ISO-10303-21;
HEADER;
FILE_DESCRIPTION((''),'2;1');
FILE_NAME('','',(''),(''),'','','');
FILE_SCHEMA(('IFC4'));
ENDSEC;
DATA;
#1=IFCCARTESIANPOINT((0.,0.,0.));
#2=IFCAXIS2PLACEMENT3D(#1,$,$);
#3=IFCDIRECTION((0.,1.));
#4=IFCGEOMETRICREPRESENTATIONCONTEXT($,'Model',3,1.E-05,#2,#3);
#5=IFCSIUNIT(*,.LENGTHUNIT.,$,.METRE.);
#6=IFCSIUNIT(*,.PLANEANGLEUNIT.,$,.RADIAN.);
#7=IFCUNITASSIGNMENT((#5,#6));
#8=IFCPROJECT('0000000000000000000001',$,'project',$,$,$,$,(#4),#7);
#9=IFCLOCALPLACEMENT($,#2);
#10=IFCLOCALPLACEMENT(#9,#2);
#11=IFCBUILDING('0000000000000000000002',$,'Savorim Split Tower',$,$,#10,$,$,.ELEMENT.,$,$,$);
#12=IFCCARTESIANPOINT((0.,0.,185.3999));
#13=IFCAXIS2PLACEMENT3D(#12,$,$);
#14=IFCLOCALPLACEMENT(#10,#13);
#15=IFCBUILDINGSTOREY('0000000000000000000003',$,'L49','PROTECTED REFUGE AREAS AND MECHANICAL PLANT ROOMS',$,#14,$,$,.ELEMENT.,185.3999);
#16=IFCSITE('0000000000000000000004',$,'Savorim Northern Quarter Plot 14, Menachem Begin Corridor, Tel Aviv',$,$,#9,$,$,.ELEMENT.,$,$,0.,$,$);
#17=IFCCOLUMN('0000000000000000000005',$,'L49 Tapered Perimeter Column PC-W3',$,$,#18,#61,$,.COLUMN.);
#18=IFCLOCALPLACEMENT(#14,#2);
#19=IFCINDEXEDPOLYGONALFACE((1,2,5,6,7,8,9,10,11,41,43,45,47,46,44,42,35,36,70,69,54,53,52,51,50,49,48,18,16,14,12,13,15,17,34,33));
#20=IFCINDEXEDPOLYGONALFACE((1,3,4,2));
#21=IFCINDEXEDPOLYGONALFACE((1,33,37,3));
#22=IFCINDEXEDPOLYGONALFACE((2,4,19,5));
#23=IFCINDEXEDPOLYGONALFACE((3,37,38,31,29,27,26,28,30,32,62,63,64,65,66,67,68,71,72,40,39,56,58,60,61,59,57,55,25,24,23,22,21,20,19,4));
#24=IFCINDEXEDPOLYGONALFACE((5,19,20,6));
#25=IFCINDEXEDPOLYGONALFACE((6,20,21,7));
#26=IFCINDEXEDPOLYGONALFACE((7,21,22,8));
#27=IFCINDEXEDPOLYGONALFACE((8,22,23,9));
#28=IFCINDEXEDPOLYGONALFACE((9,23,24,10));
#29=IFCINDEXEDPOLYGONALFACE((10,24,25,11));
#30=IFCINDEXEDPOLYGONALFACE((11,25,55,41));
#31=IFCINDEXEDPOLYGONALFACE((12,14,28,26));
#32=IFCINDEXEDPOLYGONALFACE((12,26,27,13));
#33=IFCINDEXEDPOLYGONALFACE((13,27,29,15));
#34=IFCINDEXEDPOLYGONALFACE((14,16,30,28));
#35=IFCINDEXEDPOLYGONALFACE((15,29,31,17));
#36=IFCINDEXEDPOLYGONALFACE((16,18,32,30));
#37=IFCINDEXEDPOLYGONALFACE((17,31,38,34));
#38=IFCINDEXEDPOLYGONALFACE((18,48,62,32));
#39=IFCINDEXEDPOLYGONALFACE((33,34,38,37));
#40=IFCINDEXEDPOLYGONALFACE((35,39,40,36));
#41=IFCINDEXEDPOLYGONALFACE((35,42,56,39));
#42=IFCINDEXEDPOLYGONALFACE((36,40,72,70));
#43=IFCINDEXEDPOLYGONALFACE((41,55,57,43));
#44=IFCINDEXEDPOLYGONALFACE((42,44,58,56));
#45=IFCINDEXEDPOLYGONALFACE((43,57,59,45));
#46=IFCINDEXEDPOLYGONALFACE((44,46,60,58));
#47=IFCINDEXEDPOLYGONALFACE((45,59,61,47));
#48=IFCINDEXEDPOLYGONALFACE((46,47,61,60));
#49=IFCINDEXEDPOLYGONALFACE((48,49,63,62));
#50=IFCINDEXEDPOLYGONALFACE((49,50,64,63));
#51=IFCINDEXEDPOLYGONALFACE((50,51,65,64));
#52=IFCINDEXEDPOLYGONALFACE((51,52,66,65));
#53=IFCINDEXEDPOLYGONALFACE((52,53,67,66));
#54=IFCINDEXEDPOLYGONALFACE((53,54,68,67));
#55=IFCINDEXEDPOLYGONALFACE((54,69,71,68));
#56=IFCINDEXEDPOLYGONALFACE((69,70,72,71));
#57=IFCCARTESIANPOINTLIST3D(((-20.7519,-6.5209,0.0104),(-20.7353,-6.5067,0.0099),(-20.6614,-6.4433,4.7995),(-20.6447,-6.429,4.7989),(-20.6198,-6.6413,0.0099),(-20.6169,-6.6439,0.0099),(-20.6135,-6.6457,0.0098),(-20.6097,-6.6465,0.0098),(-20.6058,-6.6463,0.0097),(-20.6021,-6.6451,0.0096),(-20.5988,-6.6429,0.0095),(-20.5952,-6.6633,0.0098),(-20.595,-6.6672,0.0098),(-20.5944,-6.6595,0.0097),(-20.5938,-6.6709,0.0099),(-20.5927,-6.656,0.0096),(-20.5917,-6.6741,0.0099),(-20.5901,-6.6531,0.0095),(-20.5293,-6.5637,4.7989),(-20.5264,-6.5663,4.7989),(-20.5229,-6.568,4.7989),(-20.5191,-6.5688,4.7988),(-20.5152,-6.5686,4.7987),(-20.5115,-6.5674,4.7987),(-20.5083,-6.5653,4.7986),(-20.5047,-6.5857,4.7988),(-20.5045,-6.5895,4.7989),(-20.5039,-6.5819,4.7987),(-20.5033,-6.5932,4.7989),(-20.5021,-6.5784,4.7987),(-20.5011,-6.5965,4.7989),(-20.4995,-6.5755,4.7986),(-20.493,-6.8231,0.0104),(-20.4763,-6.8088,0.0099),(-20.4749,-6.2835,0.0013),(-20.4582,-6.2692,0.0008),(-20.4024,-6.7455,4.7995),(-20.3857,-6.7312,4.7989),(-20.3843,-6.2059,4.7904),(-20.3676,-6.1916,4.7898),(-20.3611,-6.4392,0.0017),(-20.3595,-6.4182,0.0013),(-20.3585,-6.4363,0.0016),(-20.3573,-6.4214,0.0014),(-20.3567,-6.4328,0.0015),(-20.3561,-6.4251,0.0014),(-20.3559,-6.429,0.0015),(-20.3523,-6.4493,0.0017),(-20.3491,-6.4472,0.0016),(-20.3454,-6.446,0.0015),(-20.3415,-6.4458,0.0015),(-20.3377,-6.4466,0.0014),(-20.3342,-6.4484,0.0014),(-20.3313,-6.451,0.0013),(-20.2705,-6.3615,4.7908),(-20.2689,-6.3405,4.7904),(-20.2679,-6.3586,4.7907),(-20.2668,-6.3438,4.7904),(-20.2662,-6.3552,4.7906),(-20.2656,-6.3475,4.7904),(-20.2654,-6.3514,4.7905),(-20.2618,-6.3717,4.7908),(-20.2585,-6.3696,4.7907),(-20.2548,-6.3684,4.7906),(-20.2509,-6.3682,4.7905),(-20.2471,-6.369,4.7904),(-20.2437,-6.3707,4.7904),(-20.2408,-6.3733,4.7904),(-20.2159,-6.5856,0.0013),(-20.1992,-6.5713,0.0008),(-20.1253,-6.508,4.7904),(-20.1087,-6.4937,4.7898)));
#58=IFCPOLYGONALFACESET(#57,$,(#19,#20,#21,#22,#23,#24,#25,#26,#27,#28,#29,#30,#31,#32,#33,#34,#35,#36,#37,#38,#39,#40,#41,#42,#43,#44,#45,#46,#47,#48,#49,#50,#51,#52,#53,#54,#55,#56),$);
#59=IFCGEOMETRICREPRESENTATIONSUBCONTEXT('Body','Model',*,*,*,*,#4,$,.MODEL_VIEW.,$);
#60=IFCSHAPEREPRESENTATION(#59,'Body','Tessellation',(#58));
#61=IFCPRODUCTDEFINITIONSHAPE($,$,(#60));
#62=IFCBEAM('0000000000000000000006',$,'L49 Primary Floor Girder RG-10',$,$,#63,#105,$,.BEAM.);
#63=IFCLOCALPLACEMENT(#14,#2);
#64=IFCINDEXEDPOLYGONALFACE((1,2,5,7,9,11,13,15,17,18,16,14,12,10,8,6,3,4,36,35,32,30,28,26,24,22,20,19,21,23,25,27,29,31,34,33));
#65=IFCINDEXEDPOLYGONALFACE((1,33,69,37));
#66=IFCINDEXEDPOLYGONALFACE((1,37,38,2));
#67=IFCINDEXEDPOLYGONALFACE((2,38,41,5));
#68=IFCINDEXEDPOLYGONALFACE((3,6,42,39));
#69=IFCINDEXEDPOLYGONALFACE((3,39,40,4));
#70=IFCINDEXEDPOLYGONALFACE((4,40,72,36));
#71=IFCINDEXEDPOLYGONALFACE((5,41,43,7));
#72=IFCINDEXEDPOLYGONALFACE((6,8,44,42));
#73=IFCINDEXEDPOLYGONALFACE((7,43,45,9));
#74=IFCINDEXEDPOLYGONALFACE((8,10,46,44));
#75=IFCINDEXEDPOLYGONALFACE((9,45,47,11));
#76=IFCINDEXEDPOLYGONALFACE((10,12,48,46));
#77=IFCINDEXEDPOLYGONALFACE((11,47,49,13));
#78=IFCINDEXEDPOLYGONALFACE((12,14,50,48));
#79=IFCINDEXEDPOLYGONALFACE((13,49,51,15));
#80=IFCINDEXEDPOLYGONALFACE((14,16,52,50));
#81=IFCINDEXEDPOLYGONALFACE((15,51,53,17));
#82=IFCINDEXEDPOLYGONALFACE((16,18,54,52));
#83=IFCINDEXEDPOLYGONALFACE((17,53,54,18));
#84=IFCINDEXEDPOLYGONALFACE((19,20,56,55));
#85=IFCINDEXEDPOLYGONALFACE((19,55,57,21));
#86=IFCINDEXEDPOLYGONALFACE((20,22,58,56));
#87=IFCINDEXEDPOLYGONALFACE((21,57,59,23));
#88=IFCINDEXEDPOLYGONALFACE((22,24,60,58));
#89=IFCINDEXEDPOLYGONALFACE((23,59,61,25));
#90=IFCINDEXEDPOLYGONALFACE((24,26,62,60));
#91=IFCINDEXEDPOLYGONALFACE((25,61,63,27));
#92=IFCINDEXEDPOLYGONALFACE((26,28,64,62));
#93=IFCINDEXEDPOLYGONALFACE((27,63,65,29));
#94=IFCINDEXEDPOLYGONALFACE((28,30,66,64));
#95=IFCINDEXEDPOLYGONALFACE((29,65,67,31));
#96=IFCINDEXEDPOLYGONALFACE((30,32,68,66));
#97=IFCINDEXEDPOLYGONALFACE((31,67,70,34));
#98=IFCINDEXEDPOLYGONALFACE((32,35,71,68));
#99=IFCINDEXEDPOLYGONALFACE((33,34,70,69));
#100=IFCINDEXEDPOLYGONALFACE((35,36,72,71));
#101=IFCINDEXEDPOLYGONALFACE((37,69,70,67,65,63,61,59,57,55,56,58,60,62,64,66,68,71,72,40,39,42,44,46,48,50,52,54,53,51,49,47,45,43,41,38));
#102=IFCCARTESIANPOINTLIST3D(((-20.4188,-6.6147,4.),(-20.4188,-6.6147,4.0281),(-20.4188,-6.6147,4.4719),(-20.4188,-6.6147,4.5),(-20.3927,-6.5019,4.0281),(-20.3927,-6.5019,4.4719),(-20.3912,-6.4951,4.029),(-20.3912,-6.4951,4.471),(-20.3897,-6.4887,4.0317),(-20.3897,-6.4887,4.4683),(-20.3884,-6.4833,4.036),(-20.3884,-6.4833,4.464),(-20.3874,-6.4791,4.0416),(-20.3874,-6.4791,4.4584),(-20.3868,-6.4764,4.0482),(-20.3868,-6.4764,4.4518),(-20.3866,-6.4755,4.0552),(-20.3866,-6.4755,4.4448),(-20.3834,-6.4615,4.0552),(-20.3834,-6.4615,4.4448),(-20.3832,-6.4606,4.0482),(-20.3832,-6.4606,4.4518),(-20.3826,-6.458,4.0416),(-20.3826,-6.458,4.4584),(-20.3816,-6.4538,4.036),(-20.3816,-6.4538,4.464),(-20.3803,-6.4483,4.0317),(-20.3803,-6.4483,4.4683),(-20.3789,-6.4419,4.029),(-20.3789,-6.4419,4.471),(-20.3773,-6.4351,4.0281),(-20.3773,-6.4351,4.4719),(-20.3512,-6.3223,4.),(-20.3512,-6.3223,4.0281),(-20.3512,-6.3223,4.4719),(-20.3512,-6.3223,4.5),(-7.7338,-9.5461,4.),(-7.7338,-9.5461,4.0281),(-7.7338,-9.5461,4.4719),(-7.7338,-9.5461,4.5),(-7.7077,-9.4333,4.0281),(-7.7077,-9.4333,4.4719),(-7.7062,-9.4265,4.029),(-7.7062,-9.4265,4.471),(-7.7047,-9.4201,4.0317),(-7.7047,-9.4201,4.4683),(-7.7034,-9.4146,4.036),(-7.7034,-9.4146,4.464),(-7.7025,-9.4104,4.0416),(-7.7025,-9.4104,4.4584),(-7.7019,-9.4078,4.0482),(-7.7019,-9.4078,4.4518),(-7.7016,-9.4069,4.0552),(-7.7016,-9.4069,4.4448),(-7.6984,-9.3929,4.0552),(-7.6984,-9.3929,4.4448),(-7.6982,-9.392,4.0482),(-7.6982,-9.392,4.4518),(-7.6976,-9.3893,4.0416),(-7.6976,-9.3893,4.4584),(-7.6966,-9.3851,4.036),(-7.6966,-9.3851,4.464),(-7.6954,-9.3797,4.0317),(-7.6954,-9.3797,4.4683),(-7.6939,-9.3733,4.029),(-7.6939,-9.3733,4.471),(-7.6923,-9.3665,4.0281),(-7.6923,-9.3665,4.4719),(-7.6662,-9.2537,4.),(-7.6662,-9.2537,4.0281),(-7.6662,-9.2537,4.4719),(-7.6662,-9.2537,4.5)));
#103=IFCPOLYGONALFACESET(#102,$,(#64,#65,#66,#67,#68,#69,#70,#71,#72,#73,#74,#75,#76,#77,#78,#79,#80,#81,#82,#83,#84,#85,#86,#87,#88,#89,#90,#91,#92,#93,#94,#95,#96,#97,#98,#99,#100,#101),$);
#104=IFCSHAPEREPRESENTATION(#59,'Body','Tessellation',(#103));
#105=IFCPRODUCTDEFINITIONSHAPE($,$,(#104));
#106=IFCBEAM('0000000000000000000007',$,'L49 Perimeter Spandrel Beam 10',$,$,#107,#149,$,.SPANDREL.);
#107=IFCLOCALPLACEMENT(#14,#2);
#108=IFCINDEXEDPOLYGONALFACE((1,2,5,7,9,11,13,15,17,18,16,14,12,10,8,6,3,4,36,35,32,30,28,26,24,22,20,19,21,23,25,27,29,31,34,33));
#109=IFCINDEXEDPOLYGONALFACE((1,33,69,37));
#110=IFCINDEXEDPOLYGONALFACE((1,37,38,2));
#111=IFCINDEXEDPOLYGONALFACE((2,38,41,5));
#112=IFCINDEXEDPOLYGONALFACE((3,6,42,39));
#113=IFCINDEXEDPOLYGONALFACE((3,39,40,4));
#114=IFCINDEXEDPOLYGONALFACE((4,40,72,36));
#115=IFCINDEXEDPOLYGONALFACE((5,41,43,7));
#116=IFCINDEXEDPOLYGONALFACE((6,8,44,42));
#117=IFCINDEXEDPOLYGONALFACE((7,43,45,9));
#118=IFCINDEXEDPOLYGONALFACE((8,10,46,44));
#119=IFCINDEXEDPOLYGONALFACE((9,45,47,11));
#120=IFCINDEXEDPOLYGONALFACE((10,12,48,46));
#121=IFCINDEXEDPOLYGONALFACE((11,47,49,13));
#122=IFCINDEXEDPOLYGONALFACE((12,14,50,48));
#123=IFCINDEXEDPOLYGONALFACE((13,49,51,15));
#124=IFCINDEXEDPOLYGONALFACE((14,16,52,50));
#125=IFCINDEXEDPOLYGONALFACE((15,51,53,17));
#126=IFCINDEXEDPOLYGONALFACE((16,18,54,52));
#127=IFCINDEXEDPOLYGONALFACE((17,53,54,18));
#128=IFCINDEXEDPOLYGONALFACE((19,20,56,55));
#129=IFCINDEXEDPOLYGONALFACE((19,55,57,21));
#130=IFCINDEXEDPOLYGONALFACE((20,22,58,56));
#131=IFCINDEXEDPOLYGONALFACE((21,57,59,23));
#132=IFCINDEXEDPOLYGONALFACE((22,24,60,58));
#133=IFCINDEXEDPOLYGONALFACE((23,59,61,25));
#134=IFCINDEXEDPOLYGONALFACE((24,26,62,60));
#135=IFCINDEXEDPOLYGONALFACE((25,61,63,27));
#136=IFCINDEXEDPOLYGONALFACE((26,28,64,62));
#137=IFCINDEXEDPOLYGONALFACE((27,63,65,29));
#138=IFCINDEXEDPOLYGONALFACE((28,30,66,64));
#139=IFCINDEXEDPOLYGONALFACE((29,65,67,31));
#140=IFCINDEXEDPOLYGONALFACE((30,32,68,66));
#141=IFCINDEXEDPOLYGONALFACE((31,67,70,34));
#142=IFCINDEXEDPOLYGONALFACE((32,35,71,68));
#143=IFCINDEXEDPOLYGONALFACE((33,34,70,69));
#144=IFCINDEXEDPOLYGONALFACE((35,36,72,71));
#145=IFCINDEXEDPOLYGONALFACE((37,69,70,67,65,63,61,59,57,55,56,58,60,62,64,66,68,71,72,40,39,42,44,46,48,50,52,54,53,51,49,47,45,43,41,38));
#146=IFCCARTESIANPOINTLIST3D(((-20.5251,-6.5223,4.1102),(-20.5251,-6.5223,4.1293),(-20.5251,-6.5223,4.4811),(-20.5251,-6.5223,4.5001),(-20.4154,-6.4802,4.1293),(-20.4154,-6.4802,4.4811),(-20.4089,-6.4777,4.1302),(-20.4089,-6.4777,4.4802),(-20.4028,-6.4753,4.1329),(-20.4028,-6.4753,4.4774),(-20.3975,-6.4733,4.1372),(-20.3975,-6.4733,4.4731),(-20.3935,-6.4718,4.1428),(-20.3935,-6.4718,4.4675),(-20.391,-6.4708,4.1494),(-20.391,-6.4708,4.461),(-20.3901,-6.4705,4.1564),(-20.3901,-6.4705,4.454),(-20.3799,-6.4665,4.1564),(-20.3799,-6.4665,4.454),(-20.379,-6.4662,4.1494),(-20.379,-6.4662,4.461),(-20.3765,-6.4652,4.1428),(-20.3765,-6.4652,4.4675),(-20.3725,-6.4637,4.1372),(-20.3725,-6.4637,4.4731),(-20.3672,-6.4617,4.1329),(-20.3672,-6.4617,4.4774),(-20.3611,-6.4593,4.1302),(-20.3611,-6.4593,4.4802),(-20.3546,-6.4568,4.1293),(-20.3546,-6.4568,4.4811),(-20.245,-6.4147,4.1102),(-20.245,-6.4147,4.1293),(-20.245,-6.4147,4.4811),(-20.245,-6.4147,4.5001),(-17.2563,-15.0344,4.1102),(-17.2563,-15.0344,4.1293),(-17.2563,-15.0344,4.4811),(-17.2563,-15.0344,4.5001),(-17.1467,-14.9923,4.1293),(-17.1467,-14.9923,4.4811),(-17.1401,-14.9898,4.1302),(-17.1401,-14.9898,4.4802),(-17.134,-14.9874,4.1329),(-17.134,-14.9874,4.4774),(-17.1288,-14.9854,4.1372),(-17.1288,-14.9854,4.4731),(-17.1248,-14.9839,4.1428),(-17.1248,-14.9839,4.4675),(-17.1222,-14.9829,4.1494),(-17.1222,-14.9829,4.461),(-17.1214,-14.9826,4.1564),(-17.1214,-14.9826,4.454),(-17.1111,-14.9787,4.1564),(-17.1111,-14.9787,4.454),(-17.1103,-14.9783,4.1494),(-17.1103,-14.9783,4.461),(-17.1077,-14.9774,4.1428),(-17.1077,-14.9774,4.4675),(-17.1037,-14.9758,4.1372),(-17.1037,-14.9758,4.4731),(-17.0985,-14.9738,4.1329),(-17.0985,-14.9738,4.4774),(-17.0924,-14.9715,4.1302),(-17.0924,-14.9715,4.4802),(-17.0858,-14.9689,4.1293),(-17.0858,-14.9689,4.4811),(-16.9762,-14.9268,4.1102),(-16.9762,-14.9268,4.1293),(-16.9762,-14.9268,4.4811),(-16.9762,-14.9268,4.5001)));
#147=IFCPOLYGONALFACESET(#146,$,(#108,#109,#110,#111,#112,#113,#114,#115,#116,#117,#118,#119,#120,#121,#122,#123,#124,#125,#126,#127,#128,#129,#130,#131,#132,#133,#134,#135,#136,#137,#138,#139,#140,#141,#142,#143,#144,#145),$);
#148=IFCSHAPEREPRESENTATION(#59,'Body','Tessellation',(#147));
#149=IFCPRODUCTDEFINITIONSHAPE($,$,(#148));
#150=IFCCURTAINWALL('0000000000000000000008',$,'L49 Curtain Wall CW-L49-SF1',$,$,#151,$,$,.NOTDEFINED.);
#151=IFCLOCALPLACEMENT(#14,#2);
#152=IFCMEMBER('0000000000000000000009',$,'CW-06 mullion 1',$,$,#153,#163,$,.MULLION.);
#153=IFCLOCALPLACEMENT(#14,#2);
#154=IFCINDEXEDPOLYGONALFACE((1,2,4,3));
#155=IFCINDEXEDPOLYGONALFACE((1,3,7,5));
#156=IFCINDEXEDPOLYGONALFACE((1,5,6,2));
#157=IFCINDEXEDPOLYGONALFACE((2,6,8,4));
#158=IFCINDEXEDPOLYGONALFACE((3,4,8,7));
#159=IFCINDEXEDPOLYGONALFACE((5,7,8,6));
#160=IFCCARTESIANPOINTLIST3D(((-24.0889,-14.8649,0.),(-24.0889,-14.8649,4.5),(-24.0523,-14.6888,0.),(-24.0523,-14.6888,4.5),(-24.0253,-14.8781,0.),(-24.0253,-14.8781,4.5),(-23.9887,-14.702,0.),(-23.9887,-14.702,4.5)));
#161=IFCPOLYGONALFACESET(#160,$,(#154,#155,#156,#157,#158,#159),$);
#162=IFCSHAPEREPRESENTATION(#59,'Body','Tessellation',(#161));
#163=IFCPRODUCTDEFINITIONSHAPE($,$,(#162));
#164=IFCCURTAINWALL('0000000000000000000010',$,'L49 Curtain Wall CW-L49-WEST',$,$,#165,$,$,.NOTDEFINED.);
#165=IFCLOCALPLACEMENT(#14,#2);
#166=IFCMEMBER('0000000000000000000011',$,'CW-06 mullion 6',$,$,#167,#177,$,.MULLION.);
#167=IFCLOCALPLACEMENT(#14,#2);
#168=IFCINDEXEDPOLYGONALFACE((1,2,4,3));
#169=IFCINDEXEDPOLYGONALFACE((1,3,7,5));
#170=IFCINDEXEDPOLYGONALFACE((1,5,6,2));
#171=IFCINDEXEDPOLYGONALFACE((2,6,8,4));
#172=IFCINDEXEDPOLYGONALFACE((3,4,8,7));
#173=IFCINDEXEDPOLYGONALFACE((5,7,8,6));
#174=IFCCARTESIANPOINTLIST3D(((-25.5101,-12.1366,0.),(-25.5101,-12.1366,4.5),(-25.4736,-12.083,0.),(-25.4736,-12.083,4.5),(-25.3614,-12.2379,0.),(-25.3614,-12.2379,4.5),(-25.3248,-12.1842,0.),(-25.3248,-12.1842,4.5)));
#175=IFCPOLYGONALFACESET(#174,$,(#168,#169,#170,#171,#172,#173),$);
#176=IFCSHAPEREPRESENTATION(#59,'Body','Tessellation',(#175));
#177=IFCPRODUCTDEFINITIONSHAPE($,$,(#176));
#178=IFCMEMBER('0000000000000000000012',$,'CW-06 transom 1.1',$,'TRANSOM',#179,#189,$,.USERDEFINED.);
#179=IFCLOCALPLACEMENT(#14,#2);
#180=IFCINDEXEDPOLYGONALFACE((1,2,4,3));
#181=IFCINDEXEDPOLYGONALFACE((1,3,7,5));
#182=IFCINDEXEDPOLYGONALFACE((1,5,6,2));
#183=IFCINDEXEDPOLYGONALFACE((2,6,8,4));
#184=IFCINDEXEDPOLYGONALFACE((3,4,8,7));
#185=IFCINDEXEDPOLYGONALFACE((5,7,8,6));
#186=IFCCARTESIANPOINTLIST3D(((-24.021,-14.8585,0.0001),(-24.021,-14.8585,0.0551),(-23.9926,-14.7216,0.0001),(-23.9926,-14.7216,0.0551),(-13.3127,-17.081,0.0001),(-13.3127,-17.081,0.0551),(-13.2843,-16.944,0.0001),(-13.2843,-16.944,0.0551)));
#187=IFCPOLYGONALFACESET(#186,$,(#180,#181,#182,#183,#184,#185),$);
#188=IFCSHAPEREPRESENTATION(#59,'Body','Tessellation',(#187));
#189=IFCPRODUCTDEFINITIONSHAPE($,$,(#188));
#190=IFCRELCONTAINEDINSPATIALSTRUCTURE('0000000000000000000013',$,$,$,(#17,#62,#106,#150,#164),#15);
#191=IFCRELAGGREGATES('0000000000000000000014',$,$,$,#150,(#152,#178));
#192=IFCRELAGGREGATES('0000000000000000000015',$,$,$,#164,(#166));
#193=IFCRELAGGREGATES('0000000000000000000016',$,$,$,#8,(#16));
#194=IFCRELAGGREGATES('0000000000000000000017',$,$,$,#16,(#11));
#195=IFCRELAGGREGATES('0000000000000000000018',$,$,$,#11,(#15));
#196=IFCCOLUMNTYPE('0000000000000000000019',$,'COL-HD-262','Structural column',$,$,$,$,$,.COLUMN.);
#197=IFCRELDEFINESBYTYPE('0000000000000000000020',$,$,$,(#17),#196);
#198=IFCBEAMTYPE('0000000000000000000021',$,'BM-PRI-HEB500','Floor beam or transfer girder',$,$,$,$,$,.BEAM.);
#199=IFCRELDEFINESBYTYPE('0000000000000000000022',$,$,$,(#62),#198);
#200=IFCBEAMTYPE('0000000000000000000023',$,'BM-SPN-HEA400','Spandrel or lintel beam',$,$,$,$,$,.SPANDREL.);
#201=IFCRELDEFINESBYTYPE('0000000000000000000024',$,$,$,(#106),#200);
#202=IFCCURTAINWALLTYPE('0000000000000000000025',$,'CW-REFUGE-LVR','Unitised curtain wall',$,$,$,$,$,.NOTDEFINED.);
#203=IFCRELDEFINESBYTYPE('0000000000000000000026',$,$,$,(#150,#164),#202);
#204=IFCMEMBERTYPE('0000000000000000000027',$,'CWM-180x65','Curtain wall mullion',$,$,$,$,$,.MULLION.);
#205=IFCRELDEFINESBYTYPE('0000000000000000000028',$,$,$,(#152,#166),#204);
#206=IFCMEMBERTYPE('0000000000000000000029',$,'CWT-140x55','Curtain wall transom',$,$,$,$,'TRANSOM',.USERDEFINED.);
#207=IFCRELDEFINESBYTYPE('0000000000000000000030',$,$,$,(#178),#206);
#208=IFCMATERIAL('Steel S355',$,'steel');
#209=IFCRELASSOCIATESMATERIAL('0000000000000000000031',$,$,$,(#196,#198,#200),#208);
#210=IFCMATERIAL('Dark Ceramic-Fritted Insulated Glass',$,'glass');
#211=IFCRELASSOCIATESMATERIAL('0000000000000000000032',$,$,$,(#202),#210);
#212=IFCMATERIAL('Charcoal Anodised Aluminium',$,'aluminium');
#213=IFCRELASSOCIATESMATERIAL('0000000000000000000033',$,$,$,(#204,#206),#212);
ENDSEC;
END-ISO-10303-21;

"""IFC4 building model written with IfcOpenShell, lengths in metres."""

from ifc_helpers import new_model, si_unit, direction, frame, origin, origin_2d, place, context, subcontext, project, spatial, rectangle, i_section, extrude, material, material_profile, profile_set, type_object, element, aggregate, save


model = new_model("IFC4")

# Units and contexts
model_context = context("Model", 3, precision=1e-05, world=origin(), true_north=direction((0.0, 1.0)))
body_context = subcontext(model_context, "Body", "Model", "MODEL_VIEW")
ifc_project = project(units=[si_unit("LENGTHUNIT", "METRE"), si_unit("PLANEANGLEUNIT", "RADIAN")], contexts=[model_context])

# Site, building, storey
site_placement = place(None, origin())
site = spatial("IfcSite", under=ifc_project, at=site_placement, Name="Savorim Northern Quarter Plot 14, Menachem Begin Corridor, Tel Aviv", CompositionType="ELEMENT", RefElevation=0.0)
building_placement = place(site_placement, origin())
building = spatial("IfcBuilding", under=site, at=building_placement, Name="Savorim Split Tower", CompositionType="ELEMENT")
storey_placement = place(building_placement, frame((0.0, 0.0, 185.3999)))
storey = spatial("IfcBuildingStorey", under=building, at=storey_placement, Name="L49", Description="PROTECTED REFUGE AREAS AND MECHANICAL PLANT ROOMS", CompositionType="ELEMENT", Elevation=185.3999)

# Column
ifc_material_1 = material(Name="Steel S355", Category="steel")
ifc_material_profile_1 = material_profile(ifc_material_1, i_section(OverallWidth=0.3979, OverallDepth=0.387, WebThickness=0.0134, FlangeThickness=0.022, FilletRadius=0.0149, at=origin_2d()), Name="HD 400x262")
ifc_profile_set_1 = profile_set([ifc_material_profile_1], Name="Steel S355")
column_type = type_object("IfcColumnType", Name="COL-HD-262", Description="Structural column", PredefinedType="COLUMN", material=ifc_profile_set_1)
column_placement = place(storey_placement, frame((-20.4756, -6.5461, 0.0056), z_axis=(0.018907, 0.016206, 0.99969), x_axis=(-0.650791, 0.759257, 0.0)))
element("IfcColumn", 1, at=column_placement, inside=storey, type_object=column_type, Name="L49 Tapered Perimeter Column PC-W3", PredefinedType="COLUMN", context=body_context, shape_type="SweptSolid", body=[
    extrude(i_section(OverallWidth=0.3979, OverallDepth=0.387, WebThickness=0.0134, FlangeThickness=0.022, FilletRadius=0.0149, at=origin_2d()), origin(), (0.0, 0.0, 1.0), 4.7905),
])

# Beams
ifc_material_profile_2 = material_profile(ifc_material_1, i_section(OverallWidth=0.3, OverallDepth=0.5, WebThickness=0.0144, FlangeThickness=0.0281, FilletRadius=0.0271, at=origin_2d()), Name="HEB 500")
ifc_profile_set_2 = profile_set([ifc_material_profile_2], Name="Steel S355")
beam_type_1 = type_object("IfcBeamType", Name="BM-PRI-HEB500", Description="Floor beam or transfer girder", PredefinedType="BEAM", material=ifc_profile_set_2)
beam_1_placement = place(storey_placement, frame((-20.385, -6.4685, 4.25), z_axis=(0.974323, -0.225157, 0.0), x_axis=(0.225157, 0.974323, 0.0)))
element("IfcBeam", 2, at=beam_1_placement, inside=storey, type_object=beam_type_1, Name="L49 Primary Floor Girder RG-10", PredefinedType="BEAM", context=body_context, shape_type="SweptSolid", body=[
    extrude(i_section(OverallWidth=0.3, OverallDepth=0.5, WebThickness=0.0144, FlangeThickness=0.0281, FilletRadius=0.0271, at=origin_2d()), origin(), (0.0, 0.0, 1.0), 13.0193),
])
ifc_material_profile_3 = material_profile(ifc_material_1, i_section(OverallWidth=0.3, OverallDepth=0.3899, WebThickness=0.011, FlangeThickness=0.019, FilletRadius=0.0271, at=origin_2d()), Name="HEA 400")
ifc_profile_set_3 = profile_set([ifc_material_profile_3], Name="Steel S355")
beam_type_2 = type_object("IfcBeamType", Name="BM-SPN-HEA400", Description="Spandrel or lintel beam", PredefinedType="SPANDREL", material=ifc_profile_set_3)
beam_2_placement = place(storey_placement, frame((-20.385, -6.4685, 4.3052), z_axis=(0.358489, -0.933534, 0.0), x_axis=(0.933534, 0.358489, 0.0)))
element("IfcBeam", 3, at=beam_2_placement, inside=storey, type_object=beam_type_2, Name="L49 Perimeter Spandrel Beam 10", PredefinedType="SPANDREL", context=body_context, shape_type="SweptSolid", body=[
    extrude(i_section(OverallWidth=0.3, OverallDepth=0.3899, WebThickness=0.011, FlangeThickness=0.019, FilletRadius=0.0271, at=origin_2d()), origin(), (0.0, 0.0, 1.0), 9.1182),
])

# Curtain walls, members
ifc_material_2 = material(Name="Dark Ceramic-Fritted Insulated Glass", Category="glass")
curtain_wall_type = type_object("IfcCurtainWallType", Name="CW-REFUGE-LVR", Description="Unitised curtain wall", PredefinedType="NOTDEFINED", material=ifc_material_2)
curtain_wall_1_placement = place(storey_placement, origin())
curtain_wall_1 = element("IfcCurtainWall", 4, at=curtain_wall_1_placement, inside=storey, type_object=curtain_wall_type, Name="L49 Curtain Wall CW-L49-SF1", PredefinedType="NOTDEFINED")
ifc_material_3 = material(Name="Charcoal Anodised Aluminium", Category="aluminium")
ifc_material_profile_4 = material_profile(ifc_material_3, rectangle(XDim=0.1799, YDim=0.0649, at=origin_2d()), Name="ALU-M 180x65")
ifc_profile_set_4 = profile_set([ifc_material_profile_4], Name="Charcoal Anodised Aluminium")
member_type_1 = type_object("IfcMemberType", Name="CWM-180x65", Description="Curtain wall mullion", PredefinedType="MULLION", material=ifc_profile_set_4)
member_1_placement = place(storey_placement, frame((-24.0388, -14.7834, 0.0), z_axis=(0.0, 0.0, 1.0), x_axis=(0.203208, 0.979136, 0.0)))
member_1 = element("IfcMember", 5, at=member_1_placement, type_object=member_type_1, Name="CW-06 mullion 1", PredefinedType="MULLION", context=body_context, shape_type="SweptSolid", body=[
    extrude(rectangle(XDim=0.1799, YDim=0.0649, at=origin_2d()), origin(), (0.0, 0.0, 1.0), 4.5),
])
curtain_wall_2_placement = place(storey_placement, origin())
curtain_wall_2 = element("IfcCurtainWall", 6, at=curtain_wall_2_placement, inside=storey, type_object=curtain_wall_type, Name="L49 Curtain Wall CW-L49-WEST", PredefinedType="NOTDEFINED")
member_2_placement = place(storey_placement, frame((-25.4175, -12.1604, 0.0), z_axis=(0.0, 0.0, 1.0), x_axis=(0.82682, -0.562466, 0.0)))
member_2 = element("IfcMember", 7, at=member_2_placement, type_object=member_type_1, Name="CW-06 mullion 6", PredefinedType="MULLION", context=body_context, shape_type="SweptSolid", body=[
    extrude(rectangle(XDim=0.1799, YDim=0.0649, at=origin_2d()), origin(), (0.0, 0.0, 1.0), 4.5),
])

# Member
ifc_material_profile_5 = material_profile(ifc_material_3, rectangle(XDim=0.1399, YDim=0.0549, at=origin_2d()), Name="ALU-T 140x55")
ifc_profile_set_5 = profile_set([ifc_material_profile_5], Name="Charcoal Anodised Aluminium")
member_type_2 = type_object("IfcMemberType", Name="CWT-140x55", Description="Curtain wall transom", ElementType="TRANSOM", PredefinedType="USERDEFINED", material=ifc_profile_set_5)
member_3_placement = place(storey_placement, frame((-24.0068, -14.79, 0.0276), z_axis=(0.979135, -0.203212, 0.0), x_axis=(0.203212, 0.979135, 0.0)))
member_3 = element("IfcMember", 8, at=member_3_placement, type_object=member_type_2, Name="CW-06 transom 1.1", ObjectType="TRANSOM", PredefinedType="USERDEFINED", context=body_context, shape_type="SweptSolid", body=[
    extrude(rectangle(XDim=0.1399, YDim=0.0549, at=origin_2d()), origin(), (0.0, 0.0, 1.0), 10.9365),
])

aggregate(curtain_wall_1, [member_1, member_3])
aggregate(curtain_wall_2, [member_2])

save(model, "model.ifc")
